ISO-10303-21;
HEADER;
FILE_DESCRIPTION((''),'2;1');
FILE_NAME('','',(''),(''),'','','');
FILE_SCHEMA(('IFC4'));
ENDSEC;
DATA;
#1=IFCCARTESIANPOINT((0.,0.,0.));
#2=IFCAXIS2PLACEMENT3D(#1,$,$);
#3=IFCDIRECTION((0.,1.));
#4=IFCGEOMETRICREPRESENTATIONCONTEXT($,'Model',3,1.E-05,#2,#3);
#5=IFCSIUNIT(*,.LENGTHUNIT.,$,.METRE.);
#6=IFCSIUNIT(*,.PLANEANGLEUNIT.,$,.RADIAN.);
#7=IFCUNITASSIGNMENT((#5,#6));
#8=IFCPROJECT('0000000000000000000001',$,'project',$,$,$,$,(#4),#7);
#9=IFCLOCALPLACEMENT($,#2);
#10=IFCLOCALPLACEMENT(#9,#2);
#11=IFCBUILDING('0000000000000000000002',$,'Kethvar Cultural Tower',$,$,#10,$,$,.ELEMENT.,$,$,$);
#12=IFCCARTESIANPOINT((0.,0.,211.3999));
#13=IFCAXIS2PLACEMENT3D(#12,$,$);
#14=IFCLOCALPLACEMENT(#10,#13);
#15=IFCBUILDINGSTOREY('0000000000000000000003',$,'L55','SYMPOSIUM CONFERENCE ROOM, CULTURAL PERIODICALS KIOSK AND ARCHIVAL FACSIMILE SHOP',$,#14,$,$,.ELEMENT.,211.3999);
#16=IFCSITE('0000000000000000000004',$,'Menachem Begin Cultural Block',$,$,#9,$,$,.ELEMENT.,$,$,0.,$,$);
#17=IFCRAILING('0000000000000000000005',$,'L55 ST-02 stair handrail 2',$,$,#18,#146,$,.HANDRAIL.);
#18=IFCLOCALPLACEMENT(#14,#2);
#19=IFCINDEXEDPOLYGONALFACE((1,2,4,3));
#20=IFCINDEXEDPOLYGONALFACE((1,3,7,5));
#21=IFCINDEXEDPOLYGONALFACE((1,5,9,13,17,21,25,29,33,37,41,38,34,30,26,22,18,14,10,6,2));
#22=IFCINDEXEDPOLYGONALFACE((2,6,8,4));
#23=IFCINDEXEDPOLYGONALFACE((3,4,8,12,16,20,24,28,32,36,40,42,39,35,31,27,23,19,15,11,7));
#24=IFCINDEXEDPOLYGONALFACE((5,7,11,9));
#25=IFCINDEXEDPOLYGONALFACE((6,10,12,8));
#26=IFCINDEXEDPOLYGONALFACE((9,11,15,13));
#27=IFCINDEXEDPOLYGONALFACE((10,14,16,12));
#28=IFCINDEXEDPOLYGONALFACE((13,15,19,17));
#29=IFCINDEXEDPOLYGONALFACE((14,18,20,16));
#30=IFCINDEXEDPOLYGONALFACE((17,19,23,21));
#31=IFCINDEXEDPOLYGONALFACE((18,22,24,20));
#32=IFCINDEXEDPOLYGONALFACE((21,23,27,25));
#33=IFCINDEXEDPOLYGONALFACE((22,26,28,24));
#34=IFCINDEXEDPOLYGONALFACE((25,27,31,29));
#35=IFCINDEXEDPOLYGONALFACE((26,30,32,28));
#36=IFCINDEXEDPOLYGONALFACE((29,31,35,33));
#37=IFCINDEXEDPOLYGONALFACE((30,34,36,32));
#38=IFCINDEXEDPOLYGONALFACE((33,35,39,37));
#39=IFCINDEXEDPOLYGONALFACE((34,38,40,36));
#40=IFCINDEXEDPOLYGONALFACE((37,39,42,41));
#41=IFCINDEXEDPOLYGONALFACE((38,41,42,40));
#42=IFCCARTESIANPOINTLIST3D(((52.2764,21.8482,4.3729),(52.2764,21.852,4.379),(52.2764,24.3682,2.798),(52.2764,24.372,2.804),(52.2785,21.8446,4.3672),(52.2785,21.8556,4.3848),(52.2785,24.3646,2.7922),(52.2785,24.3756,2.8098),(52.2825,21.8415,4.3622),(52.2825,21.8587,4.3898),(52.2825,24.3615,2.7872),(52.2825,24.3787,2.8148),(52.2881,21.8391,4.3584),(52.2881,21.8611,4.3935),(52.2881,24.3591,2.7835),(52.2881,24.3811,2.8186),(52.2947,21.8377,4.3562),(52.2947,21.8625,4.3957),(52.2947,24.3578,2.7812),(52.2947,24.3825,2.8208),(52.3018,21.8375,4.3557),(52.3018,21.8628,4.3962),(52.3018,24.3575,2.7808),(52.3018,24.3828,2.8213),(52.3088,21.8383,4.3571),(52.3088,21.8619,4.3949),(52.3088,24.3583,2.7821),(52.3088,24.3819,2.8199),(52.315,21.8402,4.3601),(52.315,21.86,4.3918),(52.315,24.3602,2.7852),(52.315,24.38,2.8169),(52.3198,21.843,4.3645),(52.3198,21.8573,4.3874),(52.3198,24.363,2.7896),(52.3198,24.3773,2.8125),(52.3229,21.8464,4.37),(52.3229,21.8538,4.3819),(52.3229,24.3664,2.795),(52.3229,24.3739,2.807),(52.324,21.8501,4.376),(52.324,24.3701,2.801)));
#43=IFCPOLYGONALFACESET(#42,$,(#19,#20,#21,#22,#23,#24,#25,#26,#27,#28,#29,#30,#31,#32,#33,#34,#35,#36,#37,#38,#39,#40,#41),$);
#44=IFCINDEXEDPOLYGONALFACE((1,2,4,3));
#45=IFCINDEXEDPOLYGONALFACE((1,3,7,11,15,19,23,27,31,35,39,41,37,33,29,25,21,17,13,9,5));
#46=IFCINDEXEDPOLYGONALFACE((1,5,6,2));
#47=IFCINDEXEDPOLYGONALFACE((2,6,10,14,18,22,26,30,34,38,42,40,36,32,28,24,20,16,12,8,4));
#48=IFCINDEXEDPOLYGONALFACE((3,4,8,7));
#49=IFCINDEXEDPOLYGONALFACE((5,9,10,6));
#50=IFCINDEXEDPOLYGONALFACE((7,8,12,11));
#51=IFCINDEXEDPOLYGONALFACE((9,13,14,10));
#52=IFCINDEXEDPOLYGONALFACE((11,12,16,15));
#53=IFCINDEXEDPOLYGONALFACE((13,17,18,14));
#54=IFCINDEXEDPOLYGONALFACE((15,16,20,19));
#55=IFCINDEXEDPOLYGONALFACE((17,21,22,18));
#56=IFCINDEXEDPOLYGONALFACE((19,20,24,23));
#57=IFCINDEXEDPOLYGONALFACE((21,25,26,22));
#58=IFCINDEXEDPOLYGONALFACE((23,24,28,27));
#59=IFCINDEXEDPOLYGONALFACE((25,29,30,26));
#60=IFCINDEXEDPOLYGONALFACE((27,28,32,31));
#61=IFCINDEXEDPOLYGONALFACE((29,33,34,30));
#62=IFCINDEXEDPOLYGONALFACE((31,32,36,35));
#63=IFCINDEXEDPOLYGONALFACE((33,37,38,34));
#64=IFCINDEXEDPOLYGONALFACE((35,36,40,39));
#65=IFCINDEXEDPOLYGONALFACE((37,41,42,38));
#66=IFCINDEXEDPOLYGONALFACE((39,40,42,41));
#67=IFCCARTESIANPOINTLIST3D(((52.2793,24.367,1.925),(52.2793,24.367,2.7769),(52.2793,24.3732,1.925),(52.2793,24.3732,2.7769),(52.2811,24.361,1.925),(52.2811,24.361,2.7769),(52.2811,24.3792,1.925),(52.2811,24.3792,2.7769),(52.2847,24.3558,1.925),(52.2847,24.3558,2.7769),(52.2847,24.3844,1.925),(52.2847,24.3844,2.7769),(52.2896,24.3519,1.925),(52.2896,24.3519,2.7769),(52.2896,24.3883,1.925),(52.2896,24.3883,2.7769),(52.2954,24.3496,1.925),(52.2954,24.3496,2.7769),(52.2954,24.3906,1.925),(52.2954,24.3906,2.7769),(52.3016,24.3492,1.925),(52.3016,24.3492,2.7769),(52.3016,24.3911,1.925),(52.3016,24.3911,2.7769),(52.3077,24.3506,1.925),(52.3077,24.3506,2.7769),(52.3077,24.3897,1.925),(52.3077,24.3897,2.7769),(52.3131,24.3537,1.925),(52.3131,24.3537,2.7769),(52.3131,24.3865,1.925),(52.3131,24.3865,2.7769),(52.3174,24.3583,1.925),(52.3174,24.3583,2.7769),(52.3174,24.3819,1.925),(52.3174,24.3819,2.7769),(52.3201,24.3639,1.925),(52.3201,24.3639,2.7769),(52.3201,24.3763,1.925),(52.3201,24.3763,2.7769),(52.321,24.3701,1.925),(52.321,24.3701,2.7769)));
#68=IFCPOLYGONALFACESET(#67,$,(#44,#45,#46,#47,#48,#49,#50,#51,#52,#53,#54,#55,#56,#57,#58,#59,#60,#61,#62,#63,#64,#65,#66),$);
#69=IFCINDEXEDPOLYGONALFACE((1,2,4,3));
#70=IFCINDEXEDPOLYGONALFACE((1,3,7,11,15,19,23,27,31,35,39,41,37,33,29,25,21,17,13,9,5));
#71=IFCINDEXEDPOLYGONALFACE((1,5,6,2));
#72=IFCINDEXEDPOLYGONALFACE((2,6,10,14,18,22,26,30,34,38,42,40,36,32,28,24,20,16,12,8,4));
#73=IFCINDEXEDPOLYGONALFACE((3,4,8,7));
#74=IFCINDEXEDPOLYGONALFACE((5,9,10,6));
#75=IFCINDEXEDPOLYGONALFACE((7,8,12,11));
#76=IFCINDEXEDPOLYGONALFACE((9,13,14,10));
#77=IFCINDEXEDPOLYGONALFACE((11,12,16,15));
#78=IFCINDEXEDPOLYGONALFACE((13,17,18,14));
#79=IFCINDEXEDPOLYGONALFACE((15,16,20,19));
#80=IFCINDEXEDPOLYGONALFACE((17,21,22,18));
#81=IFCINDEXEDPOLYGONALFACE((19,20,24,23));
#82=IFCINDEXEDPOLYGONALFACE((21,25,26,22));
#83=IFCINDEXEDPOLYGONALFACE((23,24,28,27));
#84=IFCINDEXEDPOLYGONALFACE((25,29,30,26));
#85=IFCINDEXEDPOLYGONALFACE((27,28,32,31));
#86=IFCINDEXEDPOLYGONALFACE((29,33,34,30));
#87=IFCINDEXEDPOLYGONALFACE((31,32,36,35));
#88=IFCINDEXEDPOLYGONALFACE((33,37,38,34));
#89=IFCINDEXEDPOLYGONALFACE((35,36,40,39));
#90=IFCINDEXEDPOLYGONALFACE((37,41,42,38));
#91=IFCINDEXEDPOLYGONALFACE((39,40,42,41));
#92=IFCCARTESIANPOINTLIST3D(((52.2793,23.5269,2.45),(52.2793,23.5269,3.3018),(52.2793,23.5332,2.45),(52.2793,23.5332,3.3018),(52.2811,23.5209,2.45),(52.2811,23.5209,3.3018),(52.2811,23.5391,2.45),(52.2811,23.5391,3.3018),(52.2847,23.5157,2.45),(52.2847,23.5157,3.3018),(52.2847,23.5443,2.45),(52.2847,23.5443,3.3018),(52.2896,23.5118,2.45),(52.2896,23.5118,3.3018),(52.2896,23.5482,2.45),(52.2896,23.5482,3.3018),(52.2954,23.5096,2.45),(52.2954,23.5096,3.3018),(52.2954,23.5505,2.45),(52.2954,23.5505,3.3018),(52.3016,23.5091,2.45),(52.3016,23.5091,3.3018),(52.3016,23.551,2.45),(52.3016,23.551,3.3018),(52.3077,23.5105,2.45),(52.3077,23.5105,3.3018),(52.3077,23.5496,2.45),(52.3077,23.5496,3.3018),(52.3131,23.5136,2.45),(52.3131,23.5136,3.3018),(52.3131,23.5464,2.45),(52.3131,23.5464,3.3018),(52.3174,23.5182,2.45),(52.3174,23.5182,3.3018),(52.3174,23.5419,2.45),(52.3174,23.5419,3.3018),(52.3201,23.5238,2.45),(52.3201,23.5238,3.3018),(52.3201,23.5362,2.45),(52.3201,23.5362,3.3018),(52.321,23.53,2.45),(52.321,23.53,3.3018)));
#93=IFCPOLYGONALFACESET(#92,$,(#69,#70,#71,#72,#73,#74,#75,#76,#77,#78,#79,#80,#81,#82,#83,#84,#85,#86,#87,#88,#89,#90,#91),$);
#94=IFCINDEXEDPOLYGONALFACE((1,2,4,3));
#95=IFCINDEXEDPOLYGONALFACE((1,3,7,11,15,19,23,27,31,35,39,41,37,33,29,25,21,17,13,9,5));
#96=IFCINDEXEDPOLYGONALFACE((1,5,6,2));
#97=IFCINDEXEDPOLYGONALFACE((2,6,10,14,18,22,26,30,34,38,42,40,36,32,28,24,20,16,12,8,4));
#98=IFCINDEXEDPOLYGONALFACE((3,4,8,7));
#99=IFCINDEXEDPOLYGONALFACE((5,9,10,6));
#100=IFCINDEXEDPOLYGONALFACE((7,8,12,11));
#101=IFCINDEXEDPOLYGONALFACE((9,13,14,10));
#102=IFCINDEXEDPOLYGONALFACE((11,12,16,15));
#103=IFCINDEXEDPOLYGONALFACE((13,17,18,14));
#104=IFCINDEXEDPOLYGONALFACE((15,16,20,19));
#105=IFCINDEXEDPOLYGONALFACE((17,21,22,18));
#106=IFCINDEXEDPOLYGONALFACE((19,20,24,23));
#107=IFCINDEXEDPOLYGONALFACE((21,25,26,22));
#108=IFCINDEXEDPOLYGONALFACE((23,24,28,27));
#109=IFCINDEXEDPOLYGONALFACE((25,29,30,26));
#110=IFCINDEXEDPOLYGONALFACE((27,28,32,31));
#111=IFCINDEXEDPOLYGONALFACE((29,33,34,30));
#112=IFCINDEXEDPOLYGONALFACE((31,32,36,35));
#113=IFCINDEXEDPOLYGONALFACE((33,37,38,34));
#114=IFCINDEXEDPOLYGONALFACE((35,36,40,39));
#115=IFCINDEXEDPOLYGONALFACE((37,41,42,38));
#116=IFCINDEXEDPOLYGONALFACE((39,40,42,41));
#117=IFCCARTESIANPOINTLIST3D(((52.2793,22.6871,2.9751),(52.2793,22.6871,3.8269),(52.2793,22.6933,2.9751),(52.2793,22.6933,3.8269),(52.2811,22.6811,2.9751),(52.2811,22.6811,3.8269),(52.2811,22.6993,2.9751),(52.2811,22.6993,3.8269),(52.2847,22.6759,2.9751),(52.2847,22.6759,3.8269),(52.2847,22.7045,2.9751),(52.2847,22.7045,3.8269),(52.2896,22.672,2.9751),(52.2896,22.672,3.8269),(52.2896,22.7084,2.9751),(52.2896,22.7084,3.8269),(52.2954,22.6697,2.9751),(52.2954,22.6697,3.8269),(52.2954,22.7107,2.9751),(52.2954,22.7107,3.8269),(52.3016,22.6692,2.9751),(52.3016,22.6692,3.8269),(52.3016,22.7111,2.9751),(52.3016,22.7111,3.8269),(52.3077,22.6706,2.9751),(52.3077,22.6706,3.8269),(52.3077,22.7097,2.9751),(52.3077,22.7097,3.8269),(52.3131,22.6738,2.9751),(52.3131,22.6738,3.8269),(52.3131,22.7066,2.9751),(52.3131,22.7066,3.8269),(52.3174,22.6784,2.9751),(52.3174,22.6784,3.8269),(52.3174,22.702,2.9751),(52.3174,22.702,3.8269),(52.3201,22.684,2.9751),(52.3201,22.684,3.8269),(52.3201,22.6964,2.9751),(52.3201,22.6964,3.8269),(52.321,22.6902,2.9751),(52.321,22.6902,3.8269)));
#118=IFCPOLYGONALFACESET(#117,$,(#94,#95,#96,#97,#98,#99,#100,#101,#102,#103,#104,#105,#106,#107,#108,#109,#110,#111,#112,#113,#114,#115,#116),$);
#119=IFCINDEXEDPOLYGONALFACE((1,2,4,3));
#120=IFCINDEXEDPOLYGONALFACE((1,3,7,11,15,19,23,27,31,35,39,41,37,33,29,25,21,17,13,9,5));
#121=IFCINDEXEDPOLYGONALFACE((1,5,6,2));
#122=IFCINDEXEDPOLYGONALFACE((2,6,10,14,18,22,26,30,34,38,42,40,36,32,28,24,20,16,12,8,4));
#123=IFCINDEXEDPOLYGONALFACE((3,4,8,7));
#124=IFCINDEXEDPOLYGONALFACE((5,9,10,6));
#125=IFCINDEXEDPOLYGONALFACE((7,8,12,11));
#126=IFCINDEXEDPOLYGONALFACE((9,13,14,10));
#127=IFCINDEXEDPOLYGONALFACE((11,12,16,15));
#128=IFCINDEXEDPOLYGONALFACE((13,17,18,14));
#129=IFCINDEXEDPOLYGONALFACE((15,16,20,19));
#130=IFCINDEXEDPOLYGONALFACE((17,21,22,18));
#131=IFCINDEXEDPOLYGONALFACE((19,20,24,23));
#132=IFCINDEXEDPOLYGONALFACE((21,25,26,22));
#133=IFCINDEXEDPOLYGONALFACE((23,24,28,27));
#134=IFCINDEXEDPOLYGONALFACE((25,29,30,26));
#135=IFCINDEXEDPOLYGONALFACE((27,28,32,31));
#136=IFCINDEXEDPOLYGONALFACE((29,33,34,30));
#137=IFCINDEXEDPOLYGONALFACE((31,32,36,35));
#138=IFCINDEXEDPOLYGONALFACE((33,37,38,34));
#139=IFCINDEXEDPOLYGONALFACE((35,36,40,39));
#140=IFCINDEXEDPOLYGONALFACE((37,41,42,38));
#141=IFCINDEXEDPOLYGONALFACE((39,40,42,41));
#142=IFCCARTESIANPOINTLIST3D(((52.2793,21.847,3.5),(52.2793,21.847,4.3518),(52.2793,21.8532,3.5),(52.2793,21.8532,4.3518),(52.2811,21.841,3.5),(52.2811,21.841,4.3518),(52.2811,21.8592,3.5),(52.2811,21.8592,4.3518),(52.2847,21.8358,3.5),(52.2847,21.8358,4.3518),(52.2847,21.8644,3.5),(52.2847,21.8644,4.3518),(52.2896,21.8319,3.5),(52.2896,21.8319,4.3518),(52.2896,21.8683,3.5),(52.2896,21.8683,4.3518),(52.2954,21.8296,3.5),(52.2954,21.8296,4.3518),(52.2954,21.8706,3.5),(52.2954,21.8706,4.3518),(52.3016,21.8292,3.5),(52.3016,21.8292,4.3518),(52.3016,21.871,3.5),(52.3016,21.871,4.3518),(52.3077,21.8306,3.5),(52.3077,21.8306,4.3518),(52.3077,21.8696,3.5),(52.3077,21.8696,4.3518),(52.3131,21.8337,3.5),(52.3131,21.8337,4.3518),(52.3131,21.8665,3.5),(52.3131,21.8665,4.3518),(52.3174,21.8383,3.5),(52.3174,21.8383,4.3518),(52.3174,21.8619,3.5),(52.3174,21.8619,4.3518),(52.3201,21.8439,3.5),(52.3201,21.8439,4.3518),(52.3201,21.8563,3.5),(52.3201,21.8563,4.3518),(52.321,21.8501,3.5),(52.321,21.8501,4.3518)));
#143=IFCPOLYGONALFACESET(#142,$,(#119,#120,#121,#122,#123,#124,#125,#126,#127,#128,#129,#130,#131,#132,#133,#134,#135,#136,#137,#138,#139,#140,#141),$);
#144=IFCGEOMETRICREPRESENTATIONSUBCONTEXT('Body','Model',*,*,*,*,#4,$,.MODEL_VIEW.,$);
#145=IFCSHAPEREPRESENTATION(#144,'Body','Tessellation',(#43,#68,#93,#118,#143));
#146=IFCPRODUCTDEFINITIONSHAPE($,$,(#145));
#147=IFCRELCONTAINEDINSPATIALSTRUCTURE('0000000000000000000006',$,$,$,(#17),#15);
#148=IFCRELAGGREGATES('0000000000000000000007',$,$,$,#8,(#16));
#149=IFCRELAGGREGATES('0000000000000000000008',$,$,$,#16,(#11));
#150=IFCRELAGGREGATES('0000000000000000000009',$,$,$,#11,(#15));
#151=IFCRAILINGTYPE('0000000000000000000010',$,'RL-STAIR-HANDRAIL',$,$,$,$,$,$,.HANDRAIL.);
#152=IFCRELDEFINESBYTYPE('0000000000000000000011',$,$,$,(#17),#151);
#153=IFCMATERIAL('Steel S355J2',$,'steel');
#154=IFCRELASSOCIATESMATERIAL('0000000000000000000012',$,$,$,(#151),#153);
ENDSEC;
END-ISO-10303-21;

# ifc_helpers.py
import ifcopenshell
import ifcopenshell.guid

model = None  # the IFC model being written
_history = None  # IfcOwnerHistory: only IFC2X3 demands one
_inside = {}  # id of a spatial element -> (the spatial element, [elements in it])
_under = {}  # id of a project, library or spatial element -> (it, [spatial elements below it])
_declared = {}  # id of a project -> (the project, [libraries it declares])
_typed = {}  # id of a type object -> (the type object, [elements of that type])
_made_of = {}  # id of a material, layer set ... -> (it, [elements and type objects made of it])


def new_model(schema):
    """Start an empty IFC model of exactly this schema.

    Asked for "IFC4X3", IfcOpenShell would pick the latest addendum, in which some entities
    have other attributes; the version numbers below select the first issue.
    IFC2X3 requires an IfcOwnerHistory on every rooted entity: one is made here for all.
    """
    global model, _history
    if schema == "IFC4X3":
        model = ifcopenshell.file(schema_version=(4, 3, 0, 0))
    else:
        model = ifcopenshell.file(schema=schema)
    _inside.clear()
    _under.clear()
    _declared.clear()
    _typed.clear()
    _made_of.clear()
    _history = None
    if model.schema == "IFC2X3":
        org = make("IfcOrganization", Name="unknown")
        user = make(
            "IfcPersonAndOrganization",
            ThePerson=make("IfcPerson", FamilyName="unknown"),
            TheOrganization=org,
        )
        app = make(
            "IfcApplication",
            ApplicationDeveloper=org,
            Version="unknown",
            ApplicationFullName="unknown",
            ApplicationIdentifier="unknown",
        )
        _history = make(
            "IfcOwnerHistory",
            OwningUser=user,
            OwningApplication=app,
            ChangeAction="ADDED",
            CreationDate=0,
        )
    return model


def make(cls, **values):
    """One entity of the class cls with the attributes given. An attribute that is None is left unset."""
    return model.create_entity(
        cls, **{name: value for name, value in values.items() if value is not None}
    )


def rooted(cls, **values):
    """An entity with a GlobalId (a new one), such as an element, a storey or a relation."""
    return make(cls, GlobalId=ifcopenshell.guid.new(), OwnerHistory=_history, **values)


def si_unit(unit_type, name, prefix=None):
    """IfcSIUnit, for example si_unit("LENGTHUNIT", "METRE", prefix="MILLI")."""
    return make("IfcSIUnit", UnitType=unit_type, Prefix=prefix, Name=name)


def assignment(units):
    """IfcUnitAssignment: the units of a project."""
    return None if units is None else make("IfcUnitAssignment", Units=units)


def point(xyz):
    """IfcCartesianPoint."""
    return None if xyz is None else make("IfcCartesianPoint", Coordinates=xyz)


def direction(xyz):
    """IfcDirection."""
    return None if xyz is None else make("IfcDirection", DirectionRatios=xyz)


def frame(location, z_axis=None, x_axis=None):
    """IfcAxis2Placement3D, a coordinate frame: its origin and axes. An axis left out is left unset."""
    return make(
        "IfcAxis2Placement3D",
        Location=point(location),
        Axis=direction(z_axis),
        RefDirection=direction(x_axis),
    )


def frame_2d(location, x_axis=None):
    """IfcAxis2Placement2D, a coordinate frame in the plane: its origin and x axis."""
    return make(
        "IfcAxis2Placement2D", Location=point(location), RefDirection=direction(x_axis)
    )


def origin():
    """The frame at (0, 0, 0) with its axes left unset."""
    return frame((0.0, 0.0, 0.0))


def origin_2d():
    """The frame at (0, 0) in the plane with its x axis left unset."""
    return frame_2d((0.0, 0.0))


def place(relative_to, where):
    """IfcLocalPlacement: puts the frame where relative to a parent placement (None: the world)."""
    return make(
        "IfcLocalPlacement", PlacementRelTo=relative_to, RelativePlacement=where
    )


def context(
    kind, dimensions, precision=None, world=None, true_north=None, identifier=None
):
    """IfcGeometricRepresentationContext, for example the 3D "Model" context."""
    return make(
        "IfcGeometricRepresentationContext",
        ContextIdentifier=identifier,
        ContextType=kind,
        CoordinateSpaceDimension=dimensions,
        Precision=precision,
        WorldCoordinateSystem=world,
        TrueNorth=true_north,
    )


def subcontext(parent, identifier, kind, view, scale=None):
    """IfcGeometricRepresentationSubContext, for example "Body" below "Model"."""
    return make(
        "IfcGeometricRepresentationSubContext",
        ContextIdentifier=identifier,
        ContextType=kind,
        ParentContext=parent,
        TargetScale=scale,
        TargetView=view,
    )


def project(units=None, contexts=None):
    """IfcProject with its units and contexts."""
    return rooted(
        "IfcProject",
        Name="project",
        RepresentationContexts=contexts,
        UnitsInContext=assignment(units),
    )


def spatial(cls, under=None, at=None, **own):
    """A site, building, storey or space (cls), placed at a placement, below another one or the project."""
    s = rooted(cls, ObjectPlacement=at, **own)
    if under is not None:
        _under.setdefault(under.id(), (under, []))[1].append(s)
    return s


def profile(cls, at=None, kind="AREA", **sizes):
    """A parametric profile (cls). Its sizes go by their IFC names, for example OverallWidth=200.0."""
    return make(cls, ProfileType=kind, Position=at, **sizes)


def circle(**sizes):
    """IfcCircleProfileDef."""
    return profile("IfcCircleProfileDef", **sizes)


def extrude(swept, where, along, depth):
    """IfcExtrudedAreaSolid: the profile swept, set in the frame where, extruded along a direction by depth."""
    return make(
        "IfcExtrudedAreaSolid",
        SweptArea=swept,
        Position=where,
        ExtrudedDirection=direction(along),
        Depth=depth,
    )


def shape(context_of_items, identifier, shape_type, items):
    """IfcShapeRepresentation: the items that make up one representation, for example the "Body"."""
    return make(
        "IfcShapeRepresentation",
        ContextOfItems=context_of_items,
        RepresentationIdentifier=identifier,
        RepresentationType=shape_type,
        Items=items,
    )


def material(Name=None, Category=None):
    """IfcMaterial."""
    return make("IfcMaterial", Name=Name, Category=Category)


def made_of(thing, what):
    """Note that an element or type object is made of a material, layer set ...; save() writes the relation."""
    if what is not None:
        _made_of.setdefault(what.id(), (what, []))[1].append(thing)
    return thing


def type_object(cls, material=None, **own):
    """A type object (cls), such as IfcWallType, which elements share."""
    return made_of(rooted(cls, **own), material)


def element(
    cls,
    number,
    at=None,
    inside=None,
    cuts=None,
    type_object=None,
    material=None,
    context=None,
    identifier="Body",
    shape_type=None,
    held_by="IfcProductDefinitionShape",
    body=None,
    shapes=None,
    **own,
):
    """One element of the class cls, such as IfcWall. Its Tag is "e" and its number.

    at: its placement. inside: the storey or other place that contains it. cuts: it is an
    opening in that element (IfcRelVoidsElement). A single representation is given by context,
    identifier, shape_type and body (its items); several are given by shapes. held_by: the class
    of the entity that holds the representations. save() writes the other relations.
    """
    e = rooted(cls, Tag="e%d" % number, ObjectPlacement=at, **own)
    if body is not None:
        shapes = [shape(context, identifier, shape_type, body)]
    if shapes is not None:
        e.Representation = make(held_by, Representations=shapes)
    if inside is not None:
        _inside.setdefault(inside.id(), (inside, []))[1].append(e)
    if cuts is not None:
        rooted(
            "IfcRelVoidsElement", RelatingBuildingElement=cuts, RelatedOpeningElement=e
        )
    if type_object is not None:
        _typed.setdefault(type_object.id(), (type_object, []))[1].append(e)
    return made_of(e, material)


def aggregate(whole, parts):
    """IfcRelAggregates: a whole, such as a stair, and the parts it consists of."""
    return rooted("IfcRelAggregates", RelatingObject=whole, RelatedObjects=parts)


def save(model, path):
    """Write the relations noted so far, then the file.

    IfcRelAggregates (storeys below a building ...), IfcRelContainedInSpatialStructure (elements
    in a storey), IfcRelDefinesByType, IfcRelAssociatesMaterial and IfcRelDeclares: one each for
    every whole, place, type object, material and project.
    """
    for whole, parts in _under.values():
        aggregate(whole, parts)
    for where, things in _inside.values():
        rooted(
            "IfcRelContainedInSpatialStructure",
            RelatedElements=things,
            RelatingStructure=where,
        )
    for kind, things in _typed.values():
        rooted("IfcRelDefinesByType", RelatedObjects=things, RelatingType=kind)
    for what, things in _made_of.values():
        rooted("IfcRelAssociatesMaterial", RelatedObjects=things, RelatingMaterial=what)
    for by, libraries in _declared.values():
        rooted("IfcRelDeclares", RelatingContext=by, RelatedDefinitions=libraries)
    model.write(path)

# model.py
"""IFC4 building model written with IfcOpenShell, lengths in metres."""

from ifc_helpers import new_model, si_unit, direction, frame, origin, origin_2d, place, context, subcontext, project, spatial, circle, extrude, material, type_object, element, save


model = new_model("IFC4")

# Units and contexts
model_context = context("Model", 3, precision=1e-05, world=origin(), true_north=direction((0.0, 1.0)))
body_context = subcontext(model_context, "Body", "Model", "MODEL_VIEW")
ifc_project = project(units=[si_unit("LENGTHUNIT", "METRE"), si_unit("PLANEANGLEUNIT", "RADIAN")], contexts=[model_context])

# Site, building, storey
site_placement = place(None, origin())
site = spatial("IfcSite", under=ifc_project, at=site_placement, Name="Menachem Begin Cultural Block", CompositionType="ELEMENT", RefElevation=0.0)
building_placement = place(site_placement, origin())
building = spatial("IfcBuilding", under=site, at=building_placement, Name="Kethvar Cultural Tower", CompositionType="ELEMENT")
storey_placement = place(building_placement, frame((0.0, 0.0, 211.3999)))
storey = spatial("IfcBuildingStorey", under=building, at=storey_placement, Name="L55", Description="SYMPOSIUM CONFERENCE ROOM, CULTURAL PERIODICALS KIOSK AND ARCHIVAL FACSIMILE SHOP", CompositionType="ELEMENT", Elevation=211.3999)

# Shared definitions
ifc_material_1 = material(Name="Steel S355J2", Category="steel")

# Railing
railing_type_1 = type_object("IfcRailingType", Name="RL-STAIR-HANDRAIL", PredefinedType="HANDRAIL", material=ifc_material_1)
railing_1_placement = place(storey_placement, frame((52.3, 24.3701, 1.925)))
element("IfcRailing", 1, at=railing_1_placement, inside=storey, type_object=railing_type_1, Name="L55 ST-02 stair handrail 2", PredefinedType="HANDRAIL", context=body_context, shape_type="SweptSolid", body=[
    extrude(circle(Radius=0.0239, at=origin_2d()), frame((0.0, 0.0, 0.876), z_axis=(0.0, -0.848008, 0.529984), x_axis=(1.0, 0.0, 0.0)), (0.0, 0.0, 1.0), 2.9717),
    extrude(circle(Radius=0.021, at=origin_2d()), origin(), (0.0, 0.0, 1.0), 0.8518),
    extrude(circle(Radius=0.021, at=origin_2d()), frame((0.0, -0.8401, 0.5249)), (0.0, 0.0, 1.0), 0.8518),
    extrude(circle(Radius=0.021, at=origin_2d()), frame((0.0, -1.6799, 1.05)), (0.0, 0.0, 1.0), 0.8518),
    extrude(circle(Radius=0.021, at=origin_2d()), frame((0.0, -2.52, 1.575)), (0.0, 0.0, 1.0), 0.8518),
])

save(model, "model.ifc")
